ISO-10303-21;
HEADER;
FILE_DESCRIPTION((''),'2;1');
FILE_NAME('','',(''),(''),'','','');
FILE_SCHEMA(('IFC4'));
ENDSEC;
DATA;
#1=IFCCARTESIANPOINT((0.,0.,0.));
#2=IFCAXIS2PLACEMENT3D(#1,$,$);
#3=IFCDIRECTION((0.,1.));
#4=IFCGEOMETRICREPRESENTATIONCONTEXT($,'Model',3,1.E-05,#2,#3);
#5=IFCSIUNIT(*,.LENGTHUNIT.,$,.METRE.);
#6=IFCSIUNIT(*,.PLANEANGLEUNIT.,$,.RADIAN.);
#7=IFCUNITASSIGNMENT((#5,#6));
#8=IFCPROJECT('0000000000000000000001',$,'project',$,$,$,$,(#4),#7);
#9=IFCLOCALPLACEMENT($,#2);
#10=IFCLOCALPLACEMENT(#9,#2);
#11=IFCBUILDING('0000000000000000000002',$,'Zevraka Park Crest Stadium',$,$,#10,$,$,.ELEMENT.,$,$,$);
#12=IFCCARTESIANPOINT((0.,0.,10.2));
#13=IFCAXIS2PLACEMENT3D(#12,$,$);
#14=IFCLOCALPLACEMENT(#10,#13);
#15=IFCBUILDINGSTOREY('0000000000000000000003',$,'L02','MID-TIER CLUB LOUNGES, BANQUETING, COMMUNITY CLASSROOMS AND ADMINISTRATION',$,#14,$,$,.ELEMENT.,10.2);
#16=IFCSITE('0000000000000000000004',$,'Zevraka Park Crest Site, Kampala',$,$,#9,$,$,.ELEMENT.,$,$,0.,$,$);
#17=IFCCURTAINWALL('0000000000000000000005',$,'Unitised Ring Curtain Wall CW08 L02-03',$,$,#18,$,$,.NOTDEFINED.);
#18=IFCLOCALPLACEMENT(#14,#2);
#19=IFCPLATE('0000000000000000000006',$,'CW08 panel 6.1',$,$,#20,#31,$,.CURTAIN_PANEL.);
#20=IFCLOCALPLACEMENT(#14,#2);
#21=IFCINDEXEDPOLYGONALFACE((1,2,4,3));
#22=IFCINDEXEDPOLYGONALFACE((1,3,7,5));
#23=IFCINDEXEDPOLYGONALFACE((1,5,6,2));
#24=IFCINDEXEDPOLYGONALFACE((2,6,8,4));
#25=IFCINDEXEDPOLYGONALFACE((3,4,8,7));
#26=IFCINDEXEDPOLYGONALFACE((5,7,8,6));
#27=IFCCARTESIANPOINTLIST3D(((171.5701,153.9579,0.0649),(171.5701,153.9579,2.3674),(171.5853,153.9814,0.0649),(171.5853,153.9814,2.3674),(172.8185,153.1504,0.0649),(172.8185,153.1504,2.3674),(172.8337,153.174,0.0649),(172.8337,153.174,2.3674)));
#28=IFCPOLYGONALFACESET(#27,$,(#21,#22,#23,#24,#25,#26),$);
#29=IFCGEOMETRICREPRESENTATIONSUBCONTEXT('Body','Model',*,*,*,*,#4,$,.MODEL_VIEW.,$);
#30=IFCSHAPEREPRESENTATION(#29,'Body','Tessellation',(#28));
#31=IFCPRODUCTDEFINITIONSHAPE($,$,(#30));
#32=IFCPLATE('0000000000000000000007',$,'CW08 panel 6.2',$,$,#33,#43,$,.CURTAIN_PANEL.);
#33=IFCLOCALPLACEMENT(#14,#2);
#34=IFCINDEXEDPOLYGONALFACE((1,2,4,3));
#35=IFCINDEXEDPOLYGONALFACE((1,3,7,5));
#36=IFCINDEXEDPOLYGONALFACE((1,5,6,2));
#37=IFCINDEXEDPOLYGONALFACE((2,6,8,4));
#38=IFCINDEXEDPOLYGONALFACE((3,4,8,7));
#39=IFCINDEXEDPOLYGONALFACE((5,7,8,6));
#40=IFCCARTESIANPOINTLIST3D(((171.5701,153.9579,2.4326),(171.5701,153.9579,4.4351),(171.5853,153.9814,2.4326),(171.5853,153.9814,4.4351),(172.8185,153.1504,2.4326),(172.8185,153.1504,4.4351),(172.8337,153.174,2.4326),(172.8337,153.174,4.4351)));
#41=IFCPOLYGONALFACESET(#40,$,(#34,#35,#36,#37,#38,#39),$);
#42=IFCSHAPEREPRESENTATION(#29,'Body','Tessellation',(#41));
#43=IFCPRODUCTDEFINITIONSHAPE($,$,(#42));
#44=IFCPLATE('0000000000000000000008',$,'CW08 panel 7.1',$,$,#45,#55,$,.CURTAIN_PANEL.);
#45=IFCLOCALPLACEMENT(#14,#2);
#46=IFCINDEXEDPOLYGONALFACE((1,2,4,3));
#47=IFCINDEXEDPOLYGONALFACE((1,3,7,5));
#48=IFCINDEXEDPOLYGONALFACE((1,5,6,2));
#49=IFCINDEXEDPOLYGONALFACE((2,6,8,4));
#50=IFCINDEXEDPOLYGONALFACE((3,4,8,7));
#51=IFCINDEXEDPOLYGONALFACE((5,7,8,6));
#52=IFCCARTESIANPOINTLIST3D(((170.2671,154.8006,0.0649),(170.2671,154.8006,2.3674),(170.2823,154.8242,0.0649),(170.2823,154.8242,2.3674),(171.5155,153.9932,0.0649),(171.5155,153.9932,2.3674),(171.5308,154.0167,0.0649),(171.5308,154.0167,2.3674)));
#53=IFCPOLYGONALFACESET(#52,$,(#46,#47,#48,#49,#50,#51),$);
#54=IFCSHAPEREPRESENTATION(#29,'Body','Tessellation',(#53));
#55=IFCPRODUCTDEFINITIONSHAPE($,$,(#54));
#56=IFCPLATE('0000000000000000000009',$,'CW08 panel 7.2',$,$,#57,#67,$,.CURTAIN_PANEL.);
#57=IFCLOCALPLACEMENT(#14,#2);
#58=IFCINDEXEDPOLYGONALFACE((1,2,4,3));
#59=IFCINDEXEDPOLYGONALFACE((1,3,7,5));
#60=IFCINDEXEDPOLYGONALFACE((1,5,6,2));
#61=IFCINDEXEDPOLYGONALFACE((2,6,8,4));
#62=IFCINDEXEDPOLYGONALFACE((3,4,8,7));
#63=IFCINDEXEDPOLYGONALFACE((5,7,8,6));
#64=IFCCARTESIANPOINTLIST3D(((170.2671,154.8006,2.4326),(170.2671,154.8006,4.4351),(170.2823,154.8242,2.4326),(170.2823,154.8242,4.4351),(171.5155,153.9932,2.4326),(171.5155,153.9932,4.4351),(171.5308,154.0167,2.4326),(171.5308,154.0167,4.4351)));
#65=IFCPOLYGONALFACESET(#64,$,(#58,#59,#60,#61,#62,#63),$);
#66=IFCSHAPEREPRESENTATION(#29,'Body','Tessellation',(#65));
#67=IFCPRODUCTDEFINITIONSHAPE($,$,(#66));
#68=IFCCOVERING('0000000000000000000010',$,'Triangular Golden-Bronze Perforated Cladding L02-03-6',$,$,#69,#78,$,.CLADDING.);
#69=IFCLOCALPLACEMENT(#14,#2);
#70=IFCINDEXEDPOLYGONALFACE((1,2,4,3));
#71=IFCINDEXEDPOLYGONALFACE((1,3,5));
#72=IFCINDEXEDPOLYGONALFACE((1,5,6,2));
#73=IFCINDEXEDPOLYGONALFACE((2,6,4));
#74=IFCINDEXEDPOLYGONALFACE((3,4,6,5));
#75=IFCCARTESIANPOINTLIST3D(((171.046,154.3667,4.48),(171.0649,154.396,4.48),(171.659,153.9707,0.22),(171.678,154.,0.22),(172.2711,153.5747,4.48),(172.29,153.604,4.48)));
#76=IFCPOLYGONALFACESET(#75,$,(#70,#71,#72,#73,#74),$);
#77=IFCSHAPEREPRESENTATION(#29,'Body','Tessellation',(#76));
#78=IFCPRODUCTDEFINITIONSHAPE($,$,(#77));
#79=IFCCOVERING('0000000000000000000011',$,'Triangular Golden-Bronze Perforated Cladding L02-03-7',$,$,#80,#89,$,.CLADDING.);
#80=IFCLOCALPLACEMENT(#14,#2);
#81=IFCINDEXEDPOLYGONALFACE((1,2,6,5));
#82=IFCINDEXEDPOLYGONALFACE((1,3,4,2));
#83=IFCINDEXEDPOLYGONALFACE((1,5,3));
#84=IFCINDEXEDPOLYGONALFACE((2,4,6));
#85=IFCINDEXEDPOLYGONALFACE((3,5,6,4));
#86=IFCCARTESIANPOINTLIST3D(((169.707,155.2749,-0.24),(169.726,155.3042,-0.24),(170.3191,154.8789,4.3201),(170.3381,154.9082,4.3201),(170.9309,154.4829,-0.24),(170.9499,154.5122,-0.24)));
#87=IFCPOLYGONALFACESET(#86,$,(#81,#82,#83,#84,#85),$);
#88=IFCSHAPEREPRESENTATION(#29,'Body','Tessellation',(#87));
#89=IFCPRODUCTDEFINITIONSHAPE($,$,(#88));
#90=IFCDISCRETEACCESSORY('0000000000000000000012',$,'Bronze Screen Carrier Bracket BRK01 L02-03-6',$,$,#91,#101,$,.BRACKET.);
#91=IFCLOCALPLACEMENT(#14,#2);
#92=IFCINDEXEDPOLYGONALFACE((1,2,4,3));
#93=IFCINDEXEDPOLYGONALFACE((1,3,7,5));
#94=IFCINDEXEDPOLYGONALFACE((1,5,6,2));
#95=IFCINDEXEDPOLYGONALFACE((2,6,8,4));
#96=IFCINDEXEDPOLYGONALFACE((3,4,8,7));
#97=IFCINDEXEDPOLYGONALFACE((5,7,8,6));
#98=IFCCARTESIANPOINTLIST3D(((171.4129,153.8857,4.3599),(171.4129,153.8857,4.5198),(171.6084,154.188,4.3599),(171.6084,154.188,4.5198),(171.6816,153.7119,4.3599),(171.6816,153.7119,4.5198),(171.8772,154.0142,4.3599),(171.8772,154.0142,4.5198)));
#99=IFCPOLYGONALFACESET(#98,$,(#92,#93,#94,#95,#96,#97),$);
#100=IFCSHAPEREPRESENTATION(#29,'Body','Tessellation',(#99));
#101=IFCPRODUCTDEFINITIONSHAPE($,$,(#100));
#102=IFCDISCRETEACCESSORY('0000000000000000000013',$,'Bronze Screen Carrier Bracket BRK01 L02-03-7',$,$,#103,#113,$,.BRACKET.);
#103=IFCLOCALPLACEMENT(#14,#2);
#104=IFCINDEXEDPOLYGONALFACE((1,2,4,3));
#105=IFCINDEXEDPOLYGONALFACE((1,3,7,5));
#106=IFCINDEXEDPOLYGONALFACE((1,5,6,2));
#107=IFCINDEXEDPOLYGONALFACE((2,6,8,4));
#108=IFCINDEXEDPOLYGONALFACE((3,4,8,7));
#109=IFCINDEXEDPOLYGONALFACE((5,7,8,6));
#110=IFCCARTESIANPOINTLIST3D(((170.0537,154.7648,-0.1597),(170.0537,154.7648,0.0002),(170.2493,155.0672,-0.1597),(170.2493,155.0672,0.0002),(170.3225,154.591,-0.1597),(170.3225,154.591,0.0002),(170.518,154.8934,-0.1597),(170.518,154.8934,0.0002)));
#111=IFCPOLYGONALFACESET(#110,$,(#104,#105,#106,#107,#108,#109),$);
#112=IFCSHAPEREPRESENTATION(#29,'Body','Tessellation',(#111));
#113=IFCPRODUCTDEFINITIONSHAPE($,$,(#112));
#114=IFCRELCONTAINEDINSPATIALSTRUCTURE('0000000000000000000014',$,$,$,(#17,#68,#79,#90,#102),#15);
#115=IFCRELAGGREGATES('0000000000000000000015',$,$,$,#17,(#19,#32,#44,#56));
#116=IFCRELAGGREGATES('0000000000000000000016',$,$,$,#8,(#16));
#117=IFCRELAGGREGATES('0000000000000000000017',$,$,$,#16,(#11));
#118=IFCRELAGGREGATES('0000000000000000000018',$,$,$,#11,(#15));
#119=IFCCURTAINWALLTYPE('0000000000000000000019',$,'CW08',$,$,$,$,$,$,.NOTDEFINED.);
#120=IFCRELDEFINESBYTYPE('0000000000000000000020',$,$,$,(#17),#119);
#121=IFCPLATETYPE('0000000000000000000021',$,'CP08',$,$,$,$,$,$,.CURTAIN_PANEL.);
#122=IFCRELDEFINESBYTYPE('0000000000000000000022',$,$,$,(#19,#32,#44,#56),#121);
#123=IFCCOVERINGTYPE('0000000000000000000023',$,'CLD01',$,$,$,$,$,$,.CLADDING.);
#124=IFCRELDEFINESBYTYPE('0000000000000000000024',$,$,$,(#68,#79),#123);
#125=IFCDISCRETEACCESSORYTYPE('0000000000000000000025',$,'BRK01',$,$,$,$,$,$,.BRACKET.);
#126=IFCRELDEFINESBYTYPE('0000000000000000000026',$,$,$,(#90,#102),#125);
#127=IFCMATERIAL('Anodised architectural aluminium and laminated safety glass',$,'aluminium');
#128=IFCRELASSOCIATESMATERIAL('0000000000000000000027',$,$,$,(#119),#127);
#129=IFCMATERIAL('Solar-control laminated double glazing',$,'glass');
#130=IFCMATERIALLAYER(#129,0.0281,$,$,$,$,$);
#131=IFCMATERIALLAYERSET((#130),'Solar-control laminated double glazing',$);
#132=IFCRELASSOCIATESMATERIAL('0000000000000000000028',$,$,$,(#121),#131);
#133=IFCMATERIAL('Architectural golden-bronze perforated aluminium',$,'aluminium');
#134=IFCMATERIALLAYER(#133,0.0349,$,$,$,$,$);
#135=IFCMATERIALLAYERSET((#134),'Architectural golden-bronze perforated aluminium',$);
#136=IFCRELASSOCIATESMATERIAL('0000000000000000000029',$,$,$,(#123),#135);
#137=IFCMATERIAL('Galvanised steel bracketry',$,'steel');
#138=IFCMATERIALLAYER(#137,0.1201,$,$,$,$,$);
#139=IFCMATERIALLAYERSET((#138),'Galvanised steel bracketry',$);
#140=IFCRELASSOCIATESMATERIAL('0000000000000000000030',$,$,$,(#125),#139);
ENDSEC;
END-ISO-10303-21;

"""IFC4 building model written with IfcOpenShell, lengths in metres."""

from ifc_helpers import new_model, si_unit, direction, frame, origin, origin_2d, place, context, subcontext, project, spatial, polyline, rectangle, outline, extrude, material, layer, layer_set, type_object, element, aggregate, save


model = new_model("IFC4")

# Units and contexts
model_context = context("Model", 3, precision=1e-05, world=origin(), true_north=direction((0.0, 1.0)))
body_context = subcontext(model_context, "Body", "Model", "MODEL_VIEW")
ifc_project = project(units=[si_unit("LENGTHUNIT", "METRE"), si_unit("PLANEANGLEUNIT", "RADIAN")], contexts=[model_context])

# Site, building, storey
site_placement = place(None, origin())
site = spatial("IfcSite", under=ifc_project, at=site_placement, Name="Zevraka Park Crest Site, Kampala", CompositionType="ELEMENT", RefElevation=0.0)
building_placement = place(site_placement, origin())
building = spatial("IfcBuilding", under=site, at=building_placement, Name="Zevraka Park Crest Stadium", CompositionType="ELEMENT")
storey_placement = place(building_placement, frame((0.0, 0.0, 10.2)))
storey = spatial("IfcBuildingStorey", under=building, at=storey_placement, Name="L02", Description="MID-TIER CLUB LOUNGES, BANQUETING, COMMUNITY CLASSROOMS AND ADMINISTRATION", CompositionType="ELEMENT", Elevation=10.2)

# Curtain wall, plates
ifc_material_1 = material(Name="Anodised architectural aluminium and laminated safety glass", Category="aluminium")
curtain_wall_type = type_object("IfcCurtainWallType", Name="CW08", PredefinedType="NOTDEFINED", material=ifc_material_1)
curtain_wall_placement = place(storey_placement, origin())
curtain_wall = element("IfcCurtainWall", 1, at=curtain_wall_placement, inside=storey, type_object=curtain_wall_type, Name="Unitised Ring Curtain Wall CW08 L02-03", PredefinedType="NOTDEFINED")
ifc_material_2 = material(Name="Solar-control laminated double glazing", Category="glass")
ifc_layer_1 = layer(ifc_material_2, 0.0281)
ifc_layer_set_1 = layer_set([ifc_layer_1], Name="Solar-control laminated double glazing")
plate_type = type_object("IfcPlateType", Name="CP08", PredefinedType="CURTAIN_PANEL", material=ifc_layer_set_1)
plate_1_placement = place(storey_placement, frame((172.2019, 153.5659, 0.0649), z_axis=(0.0, 0.0, 1.0), x_axis=(-0.83967, 0.543096, 0.0)))
plate_1 = element("IfcPlate", 2, at=plate_1_placement, type_object=plate_type, Name="CW08 panel 6.1", PredefinedType="CURTAIN_PANEL", context=body_context, shape_type="SweptSolid", body=[
    extrude(rectangle(XDim=1.4868, YDim=0.0281, at=origin_2d()), origin(), (0.0, 0.0, 1.0), 2.3025),
])
plate_2_placement = place(storey_placement, frame((172.2019, 153.5659, 2.4326), z_axis=(0.0, 0.0, 1.0), x_axis=(-0.83967, 0.543096, 0.0)))
plate_2 = element("IfcPlate", 3, at=plate_2_placement, type_object=plate_type, Name="CW08 panel 6.2", PredefinedType="CURTAIN_PANEL", context=body_context, shape_type="SweptSolid", body=[
    extrude(rectangle(XDim=1.4868, YDim=0.0281, at=origin_2d()), origin(), (0.0, 0.0, 1.0), 2.0024),
])
plate_3_placement = place(storey_placement, frame((170.8989, 154.4087, 0.0649), z_axis=(0.0, 0.0, 1.0), x_axis=(-0.83967, 0.543096, 0.0)))
plate_3 = element("IfcPlate", 4, at=plate_3_placement, type_object=plate_type, Name="CW08 panel 7.1", PredefinedType="CURTAIN_PANEL", context=body_context, shape_type="SweptSolid", body=[
    extrude(rectangle(XDim=1.4868, YDim=0.0281, at=origin_2d()), origin(), (0.0, 0.0, 1.0), 2.3025),
])
plate_4_placement = place(storey_placement, frame((170.8989, 154.4087, 2.4326), z_axis=(0.0, 0.0, 1.0), x_axis=(-0.83967, 0.543096, 0.0)))
plate_4 = element("IfcPlate", 5, at=plate_4_placement, type_object=plate_type, Name="CW08 panel 7.2", PredefinedType="CURTAIN_PANEL", context=body_context, shape_type="SweptSolid", body=[
    extrude(rectangle(XDim=1.4868, YDim=0.0281, at=origin_2d()), origin(), (0.0, 0.0, 1.0), 2.0024),
])
aggregate(curtain_wall, [plate_1, plate_2, plate_3, plate_4])

# Coverings
ifc_material_3 = material(Name="Architectural golden-bronze perforated aluminium", Category="aluminium")
ifc_layer_2 = layer(ifc_material_3, 0.0349)
ifc_layer_set_2 = layer_set([ifc_layer_2], Name="Architectural golden-bronze perforated aluminium")
covering_type = type_object("IfcCoveringType", Name="CLD01", PredefinedType="CLADDING", material=ifc_layer_set_2)
covering_1_placement = place(storey_placement, frame((171.0649, 154.396, 4.48), z_axis=(0.542904, 0.839795, 0.000062), x_axis=(0.839795, -0.542904, 0.0)))
element("IfcCovering", 6, at=covering_1_placement, inside=storey, type_object=covering_type, Name="Triangular Golden-Bronze Perforated Cladding L02-03-6", PredefinedType="CLADDING", context=body_context, shape_type="SweptSolid", body=[
    extrude(outline(polyline([(0.0, 0.0), (1.4588, 0.0), (0.7298, 4.26), (0.0, 0.0)])), origin(), (0.0, 0.0, -1.0), 0.0349),
])
covering_2_placement = place(storey_placement, frame((170.9309, 154.4829, -0.24), z_axis=(-0.543286, -0.839548, 0.000015), x_axis=(-0.839548, 0.543286, 0.0)))
element("IfcCovering", 7, at=covering_2_placement, inside=storey, type_object=covering_type, Name="Triangular Golden-Bronze Perforated Cladding L02-03-7", PredefinedType="CLADDING", context=body_context, shape_type="SweptSolid", body=[
    extrude(outline(polyline([(0.0, 0.0), (1.4578, 0.0), (0.7288, -4.5601), (0.0, 0.0)])), origin(), (0.0, 0.0, -1.0), 0.0349),
])

# Discrete accessories
ifc_material_4 = material(Name="Galvanised steel bracketry", Category="steel")
ifc_layer_3 = layer(ifc_material_4, 0.1201)
ifc_layer_set_3 = layer_set([ifc_layer_3], Name="Galvanised steel bracketry")
discrete_accessory_type = type_object("IfcDiscreteAccessoryType", Name="BRK01", PredefinedType="BRACKET", material=ifc_layer_set_3)
for number, where, z_axis, x_axis, name in (
    (8, (171.645, 153.95, 4.3599), (0.0, 0.0, 1.0), (-0.839715, 0.543028, 0.0), "Bronze Screen Carrier Bracket BRK01 L02-03-6"),
    (9, (170.2859, 154.8291, -0.1597), (0.0, 0.0, 1.0), (-0.839715, 0.543028, 0.0), "Bronze Screen Carrier Bracket BRK01 L02-03-7"),
):
    element("IfcDiscreteAccessory", number, at=place(storey_placement, frame(where, z_axis=z_axis, x_axis=x_axis)), inside=storey, type_object=discrete_accessory_type, Name=name, PredefinedType="BRACKET", context=body_context, shape_type="SweptSolid", body=[
        extrude(rectangle(XDim=0.3201, YDim=0.3601, at=origin_2d()), origin(), (0.0, 0.0, 1.0), 0.1599),
    ])

save(model, "model.ifc")
